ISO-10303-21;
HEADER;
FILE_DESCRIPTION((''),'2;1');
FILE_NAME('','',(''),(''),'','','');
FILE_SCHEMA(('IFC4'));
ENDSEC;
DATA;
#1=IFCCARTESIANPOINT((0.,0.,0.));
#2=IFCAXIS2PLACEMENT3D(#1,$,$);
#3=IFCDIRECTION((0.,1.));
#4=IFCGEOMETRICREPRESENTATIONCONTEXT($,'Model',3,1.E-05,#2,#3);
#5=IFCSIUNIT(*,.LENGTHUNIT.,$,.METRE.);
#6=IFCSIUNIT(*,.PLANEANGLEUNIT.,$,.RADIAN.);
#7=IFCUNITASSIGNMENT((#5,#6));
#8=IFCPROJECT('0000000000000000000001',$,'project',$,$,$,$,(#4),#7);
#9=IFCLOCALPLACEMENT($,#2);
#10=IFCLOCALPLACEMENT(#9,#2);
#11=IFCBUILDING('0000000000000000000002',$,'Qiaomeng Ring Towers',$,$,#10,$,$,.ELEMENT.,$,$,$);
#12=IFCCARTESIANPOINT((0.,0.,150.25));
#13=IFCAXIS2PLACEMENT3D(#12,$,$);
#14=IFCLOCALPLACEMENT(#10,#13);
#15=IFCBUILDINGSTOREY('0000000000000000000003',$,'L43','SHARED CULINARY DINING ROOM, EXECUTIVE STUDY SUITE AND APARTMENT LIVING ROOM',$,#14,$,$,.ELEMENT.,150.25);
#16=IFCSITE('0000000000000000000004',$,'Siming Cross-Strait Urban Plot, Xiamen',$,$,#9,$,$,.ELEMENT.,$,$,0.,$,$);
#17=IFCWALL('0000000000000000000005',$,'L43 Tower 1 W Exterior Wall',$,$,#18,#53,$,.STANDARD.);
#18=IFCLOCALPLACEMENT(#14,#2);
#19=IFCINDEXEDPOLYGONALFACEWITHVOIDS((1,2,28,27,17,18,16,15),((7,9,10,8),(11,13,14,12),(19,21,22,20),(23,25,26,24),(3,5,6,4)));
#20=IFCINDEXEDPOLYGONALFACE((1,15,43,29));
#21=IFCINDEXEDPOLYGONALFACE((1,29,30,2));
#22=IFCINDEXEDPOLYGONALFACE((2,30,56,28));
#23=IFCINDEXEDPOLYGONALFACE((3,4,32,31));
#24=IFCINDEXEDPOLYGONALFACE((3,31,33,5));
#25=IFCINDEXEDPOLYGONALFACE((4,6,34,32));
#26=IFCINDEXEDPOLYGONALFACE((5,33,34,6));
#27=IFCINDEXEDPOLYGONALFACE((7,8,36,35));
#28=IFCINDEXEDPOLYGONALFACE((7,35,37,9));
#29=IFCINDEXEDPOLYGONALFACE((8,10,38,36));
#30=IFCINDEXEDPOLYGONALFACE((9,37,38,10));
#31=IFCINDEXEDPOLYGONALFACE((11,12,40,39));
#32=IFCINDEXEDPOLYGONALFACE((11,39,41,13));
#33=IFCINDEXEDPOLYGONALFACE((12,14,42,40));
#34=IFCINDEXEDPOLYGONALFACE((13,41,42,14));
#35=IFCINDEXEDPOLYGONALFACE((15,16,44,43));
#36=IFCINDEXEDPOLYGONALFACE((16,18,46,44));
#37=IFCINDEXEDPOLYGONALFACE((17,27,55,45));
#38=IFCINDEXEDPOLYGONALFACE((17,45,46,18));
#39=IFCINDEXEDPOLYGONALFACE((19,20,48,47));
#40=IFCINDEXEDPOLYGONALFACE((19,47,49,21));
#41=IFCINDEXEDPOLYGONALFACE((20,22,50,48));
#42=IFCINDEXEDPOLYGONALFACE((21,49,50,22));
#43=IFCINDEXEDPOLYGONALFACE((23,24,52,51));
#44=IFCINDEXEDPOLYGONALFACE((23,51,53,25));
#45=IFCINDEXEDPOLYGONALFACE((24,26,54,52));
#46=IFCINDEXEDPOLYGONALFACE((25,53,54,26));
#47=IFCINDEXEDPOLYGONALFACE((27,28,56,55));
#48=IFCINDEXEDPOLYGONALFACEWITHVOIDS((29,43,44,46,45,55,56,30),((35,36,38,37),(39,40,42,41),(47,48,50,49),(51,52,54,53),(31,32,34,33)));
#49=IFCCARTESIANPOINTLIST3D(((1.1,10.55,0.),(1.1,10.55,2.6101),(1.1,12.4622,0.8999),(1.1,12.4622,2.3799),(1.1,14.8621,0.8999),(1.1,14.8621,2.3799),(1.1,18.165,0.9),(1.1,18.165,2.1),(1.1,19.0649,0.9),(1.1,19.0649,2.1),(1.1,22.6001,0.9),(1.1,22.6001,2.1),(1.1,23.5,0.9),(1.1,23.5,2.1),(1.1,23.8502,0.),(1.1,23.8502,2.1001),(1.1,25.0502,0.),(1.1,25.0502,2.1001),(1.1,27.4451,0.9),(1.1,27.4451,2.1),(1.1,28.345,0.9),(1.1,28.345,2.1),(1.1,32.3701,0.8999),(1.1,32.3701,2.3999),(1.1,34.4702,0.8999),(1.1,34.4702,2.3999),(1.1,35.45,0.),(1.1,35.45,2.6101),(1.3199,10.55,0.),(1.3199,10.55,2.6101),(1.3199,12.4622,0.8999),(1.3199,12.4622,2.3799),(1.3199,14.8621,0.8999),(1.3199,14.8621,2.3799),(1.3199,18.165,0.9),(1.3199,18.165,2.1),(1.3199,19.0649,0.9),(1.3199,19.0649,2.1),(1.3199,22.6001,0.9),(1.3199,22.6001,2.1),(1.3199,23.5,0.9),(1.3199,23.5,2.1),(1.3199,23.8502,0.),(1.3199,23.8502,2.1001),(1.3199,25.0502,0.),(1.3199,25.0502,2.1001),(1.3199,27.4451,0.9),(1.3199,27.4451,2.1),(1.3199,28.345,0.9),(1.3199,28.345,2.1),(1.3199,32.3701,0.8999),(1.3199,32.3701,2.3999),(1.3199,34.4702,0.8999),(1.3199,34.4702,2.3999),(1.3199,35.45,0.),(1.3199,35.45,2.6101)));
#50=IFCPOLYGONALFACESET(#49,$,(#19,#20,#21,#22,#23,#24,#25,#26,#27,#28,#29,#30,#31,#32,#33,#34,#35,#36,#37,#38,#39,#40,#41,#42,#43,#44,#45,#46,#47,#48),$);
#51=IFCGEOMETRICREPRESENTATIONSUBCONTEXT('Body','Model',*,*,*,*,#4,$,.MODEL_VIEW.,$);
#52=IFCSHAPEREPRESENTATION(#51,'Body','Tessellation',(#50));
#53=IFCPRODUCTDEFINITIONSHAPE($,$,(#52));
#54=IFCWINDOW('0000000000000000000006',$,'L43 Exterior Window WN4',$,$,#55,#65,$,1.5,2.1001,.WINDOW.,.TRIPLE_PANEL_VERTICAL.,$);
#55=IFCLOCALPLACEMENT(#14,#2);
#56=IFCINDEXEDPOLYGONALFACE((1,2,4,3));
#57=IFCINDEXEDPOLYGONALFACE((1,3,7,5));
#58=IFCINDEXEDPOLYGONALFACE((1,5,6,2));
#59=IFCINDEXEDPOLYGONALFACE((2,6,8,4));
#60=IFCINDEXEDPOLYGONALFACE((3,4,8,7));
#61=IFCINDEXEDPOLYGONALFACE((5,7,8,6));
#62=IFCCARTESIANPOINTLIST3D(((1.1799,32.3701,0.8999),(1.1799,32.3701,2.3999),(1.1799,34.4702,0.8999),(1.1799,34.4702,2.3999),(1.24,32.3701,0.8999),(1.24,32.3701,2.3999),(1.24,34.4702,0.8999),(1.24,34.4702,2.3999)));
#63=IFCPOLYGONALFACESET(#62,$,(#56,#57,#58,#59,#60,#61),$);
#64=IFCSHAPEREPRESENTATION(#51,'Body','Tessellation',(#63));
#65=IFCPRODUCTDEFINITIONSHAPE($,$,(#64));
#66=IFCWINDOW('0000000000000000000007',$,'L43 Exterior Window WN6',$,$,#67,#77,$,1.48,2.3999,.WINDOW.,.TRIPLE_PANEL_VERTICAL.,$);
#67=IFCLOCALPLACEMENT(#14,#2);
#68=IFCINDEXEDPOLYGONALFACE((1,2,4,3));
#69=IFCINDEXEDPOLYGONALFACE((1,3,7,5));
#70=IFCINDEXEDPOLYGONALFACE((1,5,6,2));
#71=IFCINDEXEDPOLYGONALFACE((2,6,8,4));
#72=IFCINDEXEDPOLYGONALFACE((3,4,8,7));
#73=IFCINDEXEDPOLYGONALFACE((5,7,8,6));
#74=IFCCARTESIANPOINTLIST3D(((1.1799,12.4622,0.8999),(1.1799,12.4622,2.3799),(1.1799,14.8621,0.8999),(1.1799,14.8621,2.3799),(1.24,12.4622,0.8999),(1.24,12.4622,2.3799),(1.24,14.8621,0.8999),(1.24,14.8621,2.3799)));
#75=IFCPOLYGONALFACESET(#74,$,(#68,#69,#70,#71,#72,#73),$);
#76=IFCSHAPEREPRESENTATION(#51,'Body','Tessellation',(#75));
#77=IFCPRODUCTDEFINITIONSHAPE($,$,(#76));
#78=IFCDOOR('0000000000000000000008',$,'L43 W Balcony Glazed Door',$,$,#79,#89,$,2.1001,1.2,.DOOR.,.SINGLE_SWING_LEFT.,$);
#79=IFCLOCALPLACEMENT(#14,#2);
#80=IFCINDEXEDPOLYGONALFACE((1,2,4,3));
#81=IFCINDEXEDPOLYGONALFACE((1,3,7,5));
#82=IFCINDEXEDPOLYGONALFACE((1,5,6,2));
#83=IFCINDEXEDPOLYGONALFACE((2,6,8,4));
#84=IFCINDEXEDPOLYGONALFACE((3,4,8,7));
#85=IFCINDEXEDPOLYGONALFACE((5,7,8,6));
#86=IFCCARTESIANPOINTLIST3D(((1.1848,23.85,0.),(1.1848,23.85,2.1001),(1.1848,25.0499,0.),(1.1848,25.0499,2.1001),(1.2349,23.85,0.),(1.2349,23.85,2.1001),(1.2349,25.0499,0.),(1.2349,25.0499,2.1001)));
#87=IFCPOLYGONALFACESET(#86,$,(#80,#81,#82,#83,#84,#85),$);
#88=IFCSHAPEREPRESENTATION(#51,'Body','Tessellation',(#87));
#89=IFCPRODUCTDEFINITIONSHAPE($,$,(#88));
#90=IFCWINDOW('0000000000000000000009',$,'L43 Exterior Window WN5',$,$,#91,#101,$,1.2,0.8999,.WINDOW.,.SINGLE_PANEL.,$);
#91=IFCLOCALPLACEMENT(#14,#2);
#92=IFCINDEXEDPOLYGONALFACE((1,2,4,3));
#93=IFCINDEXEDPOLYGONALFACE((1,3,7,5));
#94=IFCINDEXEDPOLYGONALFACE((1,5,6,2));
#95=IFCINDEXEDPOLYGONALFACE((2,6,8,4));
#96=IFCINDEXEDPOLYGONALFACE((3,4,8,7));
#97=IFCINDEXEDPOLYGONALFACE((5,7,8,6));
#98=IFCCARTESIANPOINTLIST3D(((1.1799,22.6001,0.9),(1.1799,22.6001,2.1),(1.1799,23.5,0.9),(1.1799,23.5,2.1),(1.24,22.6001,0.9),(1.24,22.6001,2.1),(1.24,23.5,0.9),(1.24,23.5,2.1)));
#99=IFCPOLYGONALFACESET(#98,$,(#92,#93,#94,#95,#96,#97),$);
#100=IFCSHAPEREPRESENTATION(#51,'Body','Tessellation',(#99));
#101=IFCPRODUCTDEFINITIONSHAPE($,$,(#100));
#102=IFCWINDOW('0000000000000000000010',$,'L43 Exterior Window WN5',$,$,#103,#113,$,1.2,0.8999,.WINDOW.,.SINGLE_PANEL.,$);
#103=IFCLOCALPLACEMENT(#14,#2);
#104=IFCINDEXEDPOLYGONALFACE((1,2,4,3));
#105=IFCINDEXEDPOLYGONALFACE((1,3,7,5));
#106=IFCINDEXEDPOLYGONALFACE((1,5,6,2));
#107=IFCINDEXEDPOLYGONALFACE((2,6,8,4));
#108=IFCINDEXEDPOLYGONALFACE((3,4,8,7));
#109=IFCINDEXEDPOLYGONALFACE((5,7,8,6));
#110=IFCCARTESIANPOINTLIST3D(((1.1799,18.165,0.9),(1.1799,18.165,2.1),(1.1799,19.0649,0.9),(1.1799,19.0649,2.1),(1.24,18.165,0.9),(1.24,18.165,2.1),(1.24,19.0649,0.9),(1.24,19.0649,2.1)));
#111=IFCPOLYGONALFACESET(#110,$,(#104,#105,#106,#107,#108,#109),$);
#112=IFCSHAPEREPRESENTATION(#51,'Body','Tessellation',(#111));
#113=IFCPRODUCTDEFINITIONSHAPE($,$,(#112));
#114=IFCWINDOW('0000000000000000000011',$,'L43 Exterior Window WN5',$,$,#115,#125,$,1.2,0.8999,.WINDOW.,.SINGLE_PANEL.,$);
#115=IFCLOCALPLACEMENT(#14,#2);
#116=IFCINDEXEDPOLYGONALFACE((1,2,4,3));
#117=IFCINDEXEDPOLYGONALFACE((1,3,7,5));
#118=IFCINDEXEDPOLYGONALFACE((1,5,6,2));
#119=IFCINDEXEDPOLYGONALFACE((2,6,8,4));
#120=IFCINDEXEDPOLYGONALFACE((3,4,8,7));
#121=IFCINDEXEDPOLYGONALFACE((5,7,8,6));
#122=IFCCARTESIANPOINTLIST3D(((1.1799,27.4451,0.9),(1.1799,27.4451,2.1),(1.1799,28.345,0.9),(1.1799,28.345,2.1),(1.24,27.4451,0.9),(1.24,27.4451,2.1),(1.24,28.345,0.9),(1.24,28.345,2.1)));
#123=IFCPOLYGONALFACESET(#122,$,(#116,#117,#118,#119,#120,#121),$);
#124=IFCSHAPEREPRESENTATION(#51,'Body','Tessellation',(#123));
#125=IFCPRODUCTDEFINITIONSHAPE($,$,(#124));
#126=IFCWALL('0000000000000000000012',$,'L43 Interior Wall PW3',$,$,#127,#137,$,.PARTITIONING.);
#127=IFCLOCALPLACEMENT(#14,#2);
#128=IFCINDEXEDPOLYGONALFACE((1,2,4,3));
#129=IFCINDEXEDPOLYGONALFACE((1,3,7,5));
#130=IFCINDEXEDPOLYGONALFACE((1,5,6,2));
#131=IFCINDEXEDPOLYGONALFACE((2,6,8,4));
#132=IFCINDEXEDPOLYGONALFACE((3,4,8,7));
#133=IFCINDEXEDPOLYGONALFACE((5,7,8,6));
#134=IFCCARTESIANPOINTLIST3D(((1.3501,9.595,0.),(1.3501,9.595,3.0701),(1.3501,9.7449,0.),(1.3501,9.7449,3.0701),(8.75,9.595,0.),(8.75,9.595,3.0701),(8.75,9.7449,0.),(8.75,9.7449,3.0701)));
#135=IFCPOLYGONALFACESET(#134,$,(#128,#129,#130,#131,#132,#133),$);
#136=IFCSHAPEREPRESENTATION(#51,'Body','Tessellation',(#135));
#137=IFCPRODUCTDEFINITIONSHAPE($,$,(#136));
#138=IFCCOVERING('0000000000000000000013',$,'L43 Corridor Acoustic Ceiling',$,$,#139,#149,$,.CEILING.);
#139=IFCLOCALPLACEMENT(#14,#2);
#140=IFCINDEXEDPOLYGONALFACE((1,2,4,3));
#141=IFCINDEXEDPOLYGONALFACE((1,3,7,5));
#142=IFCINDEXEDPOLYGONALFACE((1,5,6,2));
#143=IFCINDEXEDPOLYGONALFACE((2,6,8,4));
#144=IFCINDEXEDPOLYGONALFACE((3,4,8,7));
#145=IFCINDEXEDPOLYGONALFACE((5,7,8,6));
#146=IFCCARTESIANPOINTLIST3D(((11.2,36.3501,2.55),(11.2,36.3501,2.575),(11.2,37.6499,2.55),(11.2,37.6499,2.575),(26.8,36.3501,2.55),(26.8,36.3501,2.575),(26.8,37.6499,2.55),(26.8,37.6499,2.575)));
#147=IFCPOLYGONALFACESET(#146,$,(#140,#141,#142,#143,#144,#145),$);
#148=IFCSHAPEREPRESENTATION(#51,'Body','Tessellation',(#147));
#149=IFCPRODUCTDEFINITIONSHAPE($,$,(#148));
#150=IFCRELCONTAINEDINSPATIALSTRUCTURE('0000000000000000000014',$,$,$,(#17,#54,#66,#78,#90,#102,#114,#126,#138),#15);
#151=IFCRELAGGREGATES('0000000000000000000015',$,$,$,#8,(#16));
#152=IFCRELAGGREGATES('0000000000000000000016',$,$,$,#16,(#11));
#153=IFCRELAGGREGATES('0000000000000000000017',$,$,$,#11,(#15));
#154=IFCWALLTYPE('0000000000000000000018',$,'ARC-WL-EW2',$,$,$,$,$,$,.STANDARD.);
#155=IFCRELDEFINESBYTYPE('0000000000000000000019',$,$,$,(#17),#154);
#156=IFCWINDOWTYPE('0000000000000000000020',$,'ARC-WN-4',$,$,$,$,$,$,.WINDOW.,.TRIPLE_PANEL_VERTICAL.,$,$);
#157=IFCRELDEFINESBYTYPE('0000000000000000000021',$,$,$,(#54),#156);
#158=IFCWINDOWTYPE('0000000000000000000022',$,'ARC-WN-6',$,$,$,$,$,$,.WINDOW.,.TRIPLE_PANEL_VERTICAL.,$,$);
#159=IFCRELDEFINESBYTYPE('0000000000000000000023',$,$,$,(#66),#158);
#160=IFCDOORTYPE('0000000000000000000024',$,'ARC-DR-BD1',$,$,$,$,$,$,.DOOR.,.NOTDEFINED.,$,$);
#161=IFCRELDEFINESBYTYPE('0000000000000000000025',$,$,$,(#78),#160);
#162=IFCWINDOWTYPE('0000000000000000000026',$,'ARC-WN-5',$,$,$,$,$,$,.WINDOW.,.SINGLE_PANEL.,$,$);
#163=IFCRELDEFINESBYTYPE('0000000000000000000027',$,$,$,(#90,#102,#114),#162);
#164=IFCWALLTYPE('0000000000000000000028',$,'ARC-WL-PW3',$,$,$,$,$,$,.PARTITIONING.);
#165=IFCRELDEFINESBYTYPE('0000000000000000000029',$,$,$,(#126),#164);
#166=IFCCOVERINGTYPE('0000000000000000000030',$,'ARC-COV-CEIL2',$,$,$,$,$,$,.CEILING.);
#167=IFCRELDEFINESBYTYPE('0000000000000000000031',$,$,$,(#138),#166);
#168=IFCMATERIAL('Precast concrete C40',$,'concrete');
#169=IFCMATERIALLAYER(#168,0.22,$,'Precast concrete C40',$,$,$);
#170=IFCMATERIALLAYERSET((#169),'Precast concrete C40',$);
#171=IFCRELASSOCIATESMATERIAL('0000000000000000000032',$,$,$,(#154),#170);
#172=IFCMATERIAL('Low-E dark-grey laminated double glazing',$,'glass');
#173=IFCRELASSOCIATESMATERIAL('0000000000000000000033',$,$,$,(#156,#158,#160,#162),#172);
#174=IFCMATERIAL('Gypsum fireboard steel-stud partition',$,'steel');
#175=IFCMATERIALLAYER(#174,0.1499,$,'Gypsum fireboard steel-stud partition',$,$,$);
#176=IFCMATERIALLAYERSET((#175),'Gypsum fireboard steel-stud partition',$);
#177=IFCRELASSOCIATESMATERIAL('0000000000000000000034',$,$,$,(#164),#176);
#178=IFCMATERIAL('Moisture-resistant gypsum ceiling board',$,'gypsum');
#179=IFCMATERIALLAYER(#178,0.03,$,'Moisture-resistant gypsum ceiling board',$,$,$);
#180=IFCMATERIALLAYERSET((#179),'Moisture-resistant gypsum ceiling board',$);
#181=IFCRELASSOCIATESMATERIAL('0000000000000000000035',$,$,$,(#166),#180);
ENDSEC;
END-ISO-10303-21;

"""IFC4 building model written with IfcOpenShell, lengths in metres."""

from ifc_helpers import new_model, si_unit, direction, frame, frame_2d, origin, place, context, subcontext, project, spatial, polyline, rectangle, outline, extrude, source, transform, mapped, material, layer, layer_set, type_object, element, fill, save


model = new_model("IFC4")

# Units and contexts
model_context = context("Model", 3, precision=1e-05, world=origin(), true_north=direction((0.0, 1.0)))
body_context = subcontext(model_context, "Body", "Model", "MODEL_VIEW")
ifc_project = project(units=[si_unit("LENGTHUNIT", "METRE"), si_unit("PLANEANGLEUNIT", "RADIAN")], contexts=[model_context])

# Site, building, storey
site_placement = place(None, origin())
site = spatial("IfcSite", under=ifc_project, at=site_placement, Name="Siming Cross-Strait Urban Plot, Xiamen", CompositionType="ELEMENT", RefElevation=0.0)
building_placement = place(site_placement, origin())
building = spatial("IfcBuilding", under=site, at=building_placement, Name="Qiaomeng Ring Towers", CompositionType="ELEMENT")
storey_placement = place(building_placement, frame((0.0, 0.0, 150.25)))
storey = spatial("IfcBuildingStorey", under=building, at=storey_placement, Name="L43", Description="SHARED CULINARY DINING ROOM, EXECUTIVE STUDY SUITE AND APARTMENT LIVING ROOM", CompositionType="ELEMENT", Elevation=150.25)

# Shared definitions
ifc_material_1 = material(Name="Precast concrete C40", Category="concrete")

# Wall, openings, windows, door
ifc_layer_1 = layer(ifc_material_1, 0.22, Name="Precast concrete C40")
ifc_layer_set_1 = layer_set([ifc_layer_1], Name="Precast concrete C40")
wall_type_1 = type_object("IfcWallType", Name="ARC-WL-EW2", PredefinedType="STANDARD", material=ifc_layer_set_1)
wall_1_placement = place(storey_placement, frame((1.21, 10.55, 0.0), z_axis=(0.0, 0.0, 1.0), x_axis=(0.0, 1.0, 0.0)))
wall_1 = element("IfcWall", 1, at=wall_1_placement, inside=storey, type_object=wall_type_1, Name="L43 Tower 1 W Exterior Wall", PredefinedType="STANDARD", context=body_context, shape_type="SweptSolid", body=[
    extrude(rectangle(XDim=24.8999, YDim=0.22, at=frame_2d((12.45, 0.0))), origin(), (0.0, 0.0, 1.0), 2.6101),
])
opening_1_placement = place(wall_1_placement, frame((13.3, 0.0, 0.0)))
opening_1 = element("IfcOpeningElement", 2, at=opening_1_placement, cuts=wall_1, PredefinedType="OPENING", context=body_context, shape_type="SweptSolid", body=[
    extrude(rectangle(XDim=1.2, YDim=2.1001, at=frame_2d((0.6001, 1.05))), frame((0.0, 0.1199, 0.0), z_axis=(0.0, -1.0, 0.0), x_axis=(1.0, 0.0, 0.0)), (0.0, 0.0, 1.0), 0.24),
])
opening_2_placement = place(wall_1_placement, frame((1.9121, 0.0, 0.8999)))
opening_2 = element("IfcOpeningElement", 3, at=opening_2_placement, cuts=wall_1, PredefinedType="OPENING", context=body_context, shape_type="SweptSolid", body=[
    extrude(rectangle(XDim=2.3999, YDim=1.48, at=frame_2d((1.2, 0.74))), frame((0.0, 0.1199, 0.0), z_axis=(0.0, -1.0, 0.0), x_axis=(1.0, 0.0, 0.0)), (0.0, 0.0, 1.0), 0.24),
])
opening_3_placement = place(wall_1_placement, frame((21.8201, 0.0, 0.8999)))
opening_3 = element("IfcOpeningElement", 4, at=opening_3_placement, cuts=wall_1, PredefinedType="OPENING", context=body_context, shape_type="SweptSolid", body=[
    extrude(rectangle(XDim=2.1001, YDim=1.5, at=frame_2d((1.05, 0.75))), frame((0.0, 0.1199, 0.0), z_axis=(0.0, -1.0, 0.0), x_axis=(1.0, 0.0, 0.0)), (0.0, 0.0, 1.0), 0.24),
])
opening_4_placement = place(wall_1_placement, frame((12.05, 0.0, 0.8999)))
opening_4 = element("IfcOpeningElement", 5, at=opening_4_placement, cuts=wall_1, PredefinedType="OPENING", context=body_context, shape_type="SweptSolid", body=[
    extrude(rectangle(XDim=0.8999, YDim=1.2, at=frame_2d((0.45, 0.6001))), frame((0.0, 0.1199, 0.0), z_axis=(0.0, -1.0, 0.0), x_axis=(1.0, 0.0, 0.0)), (0.0, 0.0, 1.0), 0.24),
])
opening_5_placement = place(wall_1_placement, frame((7.615, 0.0, 0.8999)))
opening_5 = element("IfcOpeningElement", 6, at=opening_5_placement, cuts=wall_1, PredefinedType="OPENING", context=body_context, shape_type="SweptSolid", body=[
    extrude(rectangle(XDim=0.8999, YDim=1.2, at=frame_2d((0.45, 0.6001))), frame((0.0, 0.1199, 0.0), z_axis=(0.0, -1.0, 0.0), x_axis=(1.0, 0.0, 0.0)), (0.0, 0.0, 1.0), 0.24),
])
opening_6_placement = place(wall_1_placement, frame((16.895, 0.0, 0.8999)))
opening_6 = element("IfcOpeningElement", 7, at=opening_6_placement, cuts=wall_1, PredefinedType="OPENING", context=body_context, shape_type="SweptSolid", body=[
    extrude(rectangle(XDim=0.8999, YDim=1.2, at=frame_2d((0.45, 0.6001))), frame((0.0, 0.1199, 0.0), z_axis=(0.0, -1.0, 0.0), x_axis=(1.0, 0.0, 0.0)), (0.0, 0.0, 1.0), 0.24),
])
ifc_material_2 = material(Name="Low-E dark-grey laminated double glazing", Category="glass")
window_type_1 = type_object("IfcWindowType", Name="ARC-WN-4", PartitioningType="TRIPLE_PANEL_VERTICAL", PredefinedType="WINDOW", material=ifc_material_2)
shared_shape_1 = source(origin(), body_context, "Body", "SweptSolid", [
    extrude(rectangle(XDim=2.1001, YDim=1.5, at=frame_2d((1.05, 0.75))), frame((0.0, 0.03, 0.0), z_axis=(0.0, -1.0, 0.0), x_axis=(1.0, 0.0, 0.0)), (0.0, 0.0, 1.0), 0.0601),
])
window_1_placement = place(opening_3_placement, origin())
window_1 = element("IfcWindow", 8, at=window_1_placement, inside=storey, type_object=window_type_1, Name="L43 Exterior Window WN4", OverallHeight=1.5, OverallWidth=2.1001, PartitioningType="TRIPLE_PANEL_VERTICAL", PredefinedType="WINDOW", context=body_context, shape_type="MappedRepresentation", body=[
    mapped(shared_shape_1, transform((0.0, 0.0, 0.0), x_axis=(1.0, 0.0, 0.0), y_axis=(0.0, 1.0, 0.0), z_axis=(0.0, 0.0, 1.0), scale=1.0)),
])
fill(opening_3, window_1)
window_type_2 = type_object("IfcWindowType", Name="ARC-WN-6", PartitioningType="TRIPLE_PANEL_VERTICAL", PredefinedType="WINDOW", material=ifc_material_2)
shared_shape_2 = source(origin(), body_context, "Body", "SweptSolid", [
    extrude(rectangle(XDim=2.3999, YDim=1.48, at=frame_2d((1.2, 0.74))), frame((0.0, 0.03, 0.0), z_axis=(0.0, -1.0, 0.0), x_axis=(1.0, 0.0, 0.0)), (0.0, 0.0, 1.0), 0.0601),
])
window_2_placement = place(opening_2_placement, origin())
window_2 = element("IfcWindow", 9, at=window_2_placement, inside=storey, type_object=window_type_2, Name="L43 Exterior Window WN6", OverallHeight=1.48, OverallWidth=2.3999, PartitioningType="TRIPLE_PANEL_VERTICAL", PredefinedType="WINDOW", context=body_context, shape_type="MappedRepresentation", body=[
    mapped(shared_shape_2, transform((0.0, 0.0, 0.0), x_axis=(1.0, 0.0, 0.0), y_axis=(0.0, 1.0, 0.0), z_axis=(0.0, 0.0, 1.0), scale=1.0)),
])
fill(opening_2, window_2)
door_type = type_object("IfcDoorType", Name="ARC-DR-BD1", OperationType="NOTDEFINED", PredefinedType="DOOR", material=ifc_material_2)
shared_shape_3 = source(origin(), body_context, "Body", "SweptSolid", [
    extrude(rectangle(XDim=1.2, YDim=2.1001, at=frame_2d((0.6001, 1.05))), frame((0.0, 0.0249, 0.0), z_axis=(0.0, -1.0, 0.0), x_axis=(1.0, 0.0, 0.0)), (0.0, 0.0, 1.0), 0.05),
])
door_placement = place(opening_1_placement, frame((1.2, 0.0, 0.0), z_axis=(0.0, 0.0, 1.0), x_axis=(-1.0, 0.0, 0.0)))
door = element("IfcDoor", 10, at=door_placement, inside=storey, type_object=door_type, Name="L43 W Balcony Glazed Door", OperationType="SINGLE_SWING_LEFT", OverallHeight=2.1001, OverallWidth=1.2, PredefinedType="DOOR", context=body_context, shape_type="MappedRepresentation", body=[
    mapped(shared_shape_3, transform((0.0, 0.0, 0.0), x_axis=(1.0, 0.0, 0.0), y_axis=(0.0, 1.0, 0.0), z_axis=(0.0, 0.0, 1.0), scale=1.0)),
])
fill(opening_1, door)
window_type_3 = type_object("IfcWindowType", Name="ARC-WN-5", PartitioningType="SINGLE_PANEL", PredefinedType="WINDOW", material=ifc_material_2)
shared_shape_4 = source(origin(), body_context, "Body", "SweptSolid", [
    extrude(rectangle(XDim=0.8999, YDim=1.2, at=frame_2d((0.45, 0.6001))), frame((0.0, 0.03, 0.0), z_axis=(0.0, -1.0, 0.0), x_axis=(1.0, 0.0, 0.0)), (0.0, 0.0, 1.0), 0.0601),
])
window_3_placement = place(opening_4_placement, origin())
window_3 = element("IfcWindow", 11, at=window_3_placement, inside=storey, type_object=window_type_3, Name="L43 Exterior Window WN5", OverallHeight=1.2, OverallWidth=0.8999, PartitioningType="SINGLE_PANEL", PredefinedType="WINDOW", context=body_context, shape_type="MappedRepresentation", body=[
    mapped(shared_shape_4, transform((0.0, 0.0, 0.0), x_axis=(1.0, 0.0, 0.0), y_axis=(0.0, 1.0, 0.0), z_axis=(0.0, 0.0, 1.0), scale=1.0)),
])
fill(opening_4, window_3)
window_4_placement = place(opening_5_placement, origin())
window_4 = element("IfcWindow", 12, at=window_4_placement, inside=storey, type_object=window_type_3, Name="L43 Exterior Window WN5", OverallHeight=1.2, OverallWidth=0.8999, PartitioningType="SINGLE_PANEL", PredefinedType="WINDOW", context=body_context, shape_type="MappedRepresentation", body=[
    mapped(shared_shape_4, transform((0.0, 0.0, 0.0), x_axis=(1.0, 0.0, 0.0), y_axis=(0.0, 1.0, 0.0), z_axis=(0.0, 0.0, 1.0), scale=1.0)),
])
fill(opening_5, window_4)
window_5_placement = place(opening_6_placement, origin())
window_5 = element("IfcWindow", 13, at=window_5_placement, inside=storey, type_object=window_type_3, Name="L43 Exterior Window WN5", OverallHeight=1.2, OverallWidth=0.8999, PartitioningType="SINGLE_PANEL", PredefinedType="WINDOW", context=body_context, shape_type="MappedRepresentation", body=[
    mapped(shared_shape_4, transform((0.0, 0.0, 0.0), x_axis=(1.0, 0.0, 0.0), y_axis=(0.0, 1.0, 0.0), z_axis=(0.0, 0.0, 1.0), scale=1.0)),
])
fill(opening_6, window_5)

# Wall
ifc_material_3 = material(Name="Gypsum fireboard steel-stud partition", Category="steel")
ifc_layer_2 = layer(ifc_material_3, 0.1499, Name="Gypsum fireboard steel-stud partition")
ifc_layer_set_2 = layer_set([ifc_layer_2], Name="Gypsum fireboard steel-stud partition")
wall_type_2 = type_object("IfcWallType", Name="ARC-WL-PW3", PredefinedType="PARTITIONING", material=ifc_layer_set_2)
wall_2_placement = place(storey_placement, frame((1.3501, 9.6699, 0.0), z_axis=(0.0, 0.0, 1.0), x_axis=(1.0, 0.0, 0.0)))
element("IfcWall", 14, at=wall_2_placement, inside=storey, type_object=wall_type_2, Name="L43 Interior Wall PW3", PredefinedType="PARTITIONING", context=body_context, shape_type="SweptSolid", body=[
    extrude(rectangle(XDim=7.3999, YDim=0.1499, at=frame_2d((3.7, 0.0))), origin(), (0.0, 0.0, 1.0), 3.0701),
])

# Covering
ifc_material_4 = material(Name="Moisture-resistant gypsum ceiling board", Category="gypsum")
ifc_layer_3 = layer(ifc_material_4, 0.03, Name="Moisture-resistant gypsum ceiling board")
ifc_layer_set_3 = layer_set([ifc_layer_3], Name="Moisture-resistant gypsum ceiling board")
covering_type_1 = type_object("IfcCoveringType", Name="ARC-COV-CEIL2", PredefinedType="CEILING", material=ifc_layer_set_3)
covering_1_placement = place(storey_placement, frame((0.0, 0.0, 2.55)))
element("IfcCovering", 15, at=covering_1_placement, inside=storey, type_object=covering_type_1, Name="L43 Corridor Acoustic Ceiling", PredefinedType="CEILING", context=body_context, shape_type="SweptSolid", body=[
    extrude(outline(polyline([(11.2, 36.3501), (11.2, 37.6499), (26.8, 37.6499), (26.8, 36.3501), (11.2, 36.3501)])), origin(), (0.0, 0.0, 1.0), 0.0249),
])

save(model, "model.ifc")
